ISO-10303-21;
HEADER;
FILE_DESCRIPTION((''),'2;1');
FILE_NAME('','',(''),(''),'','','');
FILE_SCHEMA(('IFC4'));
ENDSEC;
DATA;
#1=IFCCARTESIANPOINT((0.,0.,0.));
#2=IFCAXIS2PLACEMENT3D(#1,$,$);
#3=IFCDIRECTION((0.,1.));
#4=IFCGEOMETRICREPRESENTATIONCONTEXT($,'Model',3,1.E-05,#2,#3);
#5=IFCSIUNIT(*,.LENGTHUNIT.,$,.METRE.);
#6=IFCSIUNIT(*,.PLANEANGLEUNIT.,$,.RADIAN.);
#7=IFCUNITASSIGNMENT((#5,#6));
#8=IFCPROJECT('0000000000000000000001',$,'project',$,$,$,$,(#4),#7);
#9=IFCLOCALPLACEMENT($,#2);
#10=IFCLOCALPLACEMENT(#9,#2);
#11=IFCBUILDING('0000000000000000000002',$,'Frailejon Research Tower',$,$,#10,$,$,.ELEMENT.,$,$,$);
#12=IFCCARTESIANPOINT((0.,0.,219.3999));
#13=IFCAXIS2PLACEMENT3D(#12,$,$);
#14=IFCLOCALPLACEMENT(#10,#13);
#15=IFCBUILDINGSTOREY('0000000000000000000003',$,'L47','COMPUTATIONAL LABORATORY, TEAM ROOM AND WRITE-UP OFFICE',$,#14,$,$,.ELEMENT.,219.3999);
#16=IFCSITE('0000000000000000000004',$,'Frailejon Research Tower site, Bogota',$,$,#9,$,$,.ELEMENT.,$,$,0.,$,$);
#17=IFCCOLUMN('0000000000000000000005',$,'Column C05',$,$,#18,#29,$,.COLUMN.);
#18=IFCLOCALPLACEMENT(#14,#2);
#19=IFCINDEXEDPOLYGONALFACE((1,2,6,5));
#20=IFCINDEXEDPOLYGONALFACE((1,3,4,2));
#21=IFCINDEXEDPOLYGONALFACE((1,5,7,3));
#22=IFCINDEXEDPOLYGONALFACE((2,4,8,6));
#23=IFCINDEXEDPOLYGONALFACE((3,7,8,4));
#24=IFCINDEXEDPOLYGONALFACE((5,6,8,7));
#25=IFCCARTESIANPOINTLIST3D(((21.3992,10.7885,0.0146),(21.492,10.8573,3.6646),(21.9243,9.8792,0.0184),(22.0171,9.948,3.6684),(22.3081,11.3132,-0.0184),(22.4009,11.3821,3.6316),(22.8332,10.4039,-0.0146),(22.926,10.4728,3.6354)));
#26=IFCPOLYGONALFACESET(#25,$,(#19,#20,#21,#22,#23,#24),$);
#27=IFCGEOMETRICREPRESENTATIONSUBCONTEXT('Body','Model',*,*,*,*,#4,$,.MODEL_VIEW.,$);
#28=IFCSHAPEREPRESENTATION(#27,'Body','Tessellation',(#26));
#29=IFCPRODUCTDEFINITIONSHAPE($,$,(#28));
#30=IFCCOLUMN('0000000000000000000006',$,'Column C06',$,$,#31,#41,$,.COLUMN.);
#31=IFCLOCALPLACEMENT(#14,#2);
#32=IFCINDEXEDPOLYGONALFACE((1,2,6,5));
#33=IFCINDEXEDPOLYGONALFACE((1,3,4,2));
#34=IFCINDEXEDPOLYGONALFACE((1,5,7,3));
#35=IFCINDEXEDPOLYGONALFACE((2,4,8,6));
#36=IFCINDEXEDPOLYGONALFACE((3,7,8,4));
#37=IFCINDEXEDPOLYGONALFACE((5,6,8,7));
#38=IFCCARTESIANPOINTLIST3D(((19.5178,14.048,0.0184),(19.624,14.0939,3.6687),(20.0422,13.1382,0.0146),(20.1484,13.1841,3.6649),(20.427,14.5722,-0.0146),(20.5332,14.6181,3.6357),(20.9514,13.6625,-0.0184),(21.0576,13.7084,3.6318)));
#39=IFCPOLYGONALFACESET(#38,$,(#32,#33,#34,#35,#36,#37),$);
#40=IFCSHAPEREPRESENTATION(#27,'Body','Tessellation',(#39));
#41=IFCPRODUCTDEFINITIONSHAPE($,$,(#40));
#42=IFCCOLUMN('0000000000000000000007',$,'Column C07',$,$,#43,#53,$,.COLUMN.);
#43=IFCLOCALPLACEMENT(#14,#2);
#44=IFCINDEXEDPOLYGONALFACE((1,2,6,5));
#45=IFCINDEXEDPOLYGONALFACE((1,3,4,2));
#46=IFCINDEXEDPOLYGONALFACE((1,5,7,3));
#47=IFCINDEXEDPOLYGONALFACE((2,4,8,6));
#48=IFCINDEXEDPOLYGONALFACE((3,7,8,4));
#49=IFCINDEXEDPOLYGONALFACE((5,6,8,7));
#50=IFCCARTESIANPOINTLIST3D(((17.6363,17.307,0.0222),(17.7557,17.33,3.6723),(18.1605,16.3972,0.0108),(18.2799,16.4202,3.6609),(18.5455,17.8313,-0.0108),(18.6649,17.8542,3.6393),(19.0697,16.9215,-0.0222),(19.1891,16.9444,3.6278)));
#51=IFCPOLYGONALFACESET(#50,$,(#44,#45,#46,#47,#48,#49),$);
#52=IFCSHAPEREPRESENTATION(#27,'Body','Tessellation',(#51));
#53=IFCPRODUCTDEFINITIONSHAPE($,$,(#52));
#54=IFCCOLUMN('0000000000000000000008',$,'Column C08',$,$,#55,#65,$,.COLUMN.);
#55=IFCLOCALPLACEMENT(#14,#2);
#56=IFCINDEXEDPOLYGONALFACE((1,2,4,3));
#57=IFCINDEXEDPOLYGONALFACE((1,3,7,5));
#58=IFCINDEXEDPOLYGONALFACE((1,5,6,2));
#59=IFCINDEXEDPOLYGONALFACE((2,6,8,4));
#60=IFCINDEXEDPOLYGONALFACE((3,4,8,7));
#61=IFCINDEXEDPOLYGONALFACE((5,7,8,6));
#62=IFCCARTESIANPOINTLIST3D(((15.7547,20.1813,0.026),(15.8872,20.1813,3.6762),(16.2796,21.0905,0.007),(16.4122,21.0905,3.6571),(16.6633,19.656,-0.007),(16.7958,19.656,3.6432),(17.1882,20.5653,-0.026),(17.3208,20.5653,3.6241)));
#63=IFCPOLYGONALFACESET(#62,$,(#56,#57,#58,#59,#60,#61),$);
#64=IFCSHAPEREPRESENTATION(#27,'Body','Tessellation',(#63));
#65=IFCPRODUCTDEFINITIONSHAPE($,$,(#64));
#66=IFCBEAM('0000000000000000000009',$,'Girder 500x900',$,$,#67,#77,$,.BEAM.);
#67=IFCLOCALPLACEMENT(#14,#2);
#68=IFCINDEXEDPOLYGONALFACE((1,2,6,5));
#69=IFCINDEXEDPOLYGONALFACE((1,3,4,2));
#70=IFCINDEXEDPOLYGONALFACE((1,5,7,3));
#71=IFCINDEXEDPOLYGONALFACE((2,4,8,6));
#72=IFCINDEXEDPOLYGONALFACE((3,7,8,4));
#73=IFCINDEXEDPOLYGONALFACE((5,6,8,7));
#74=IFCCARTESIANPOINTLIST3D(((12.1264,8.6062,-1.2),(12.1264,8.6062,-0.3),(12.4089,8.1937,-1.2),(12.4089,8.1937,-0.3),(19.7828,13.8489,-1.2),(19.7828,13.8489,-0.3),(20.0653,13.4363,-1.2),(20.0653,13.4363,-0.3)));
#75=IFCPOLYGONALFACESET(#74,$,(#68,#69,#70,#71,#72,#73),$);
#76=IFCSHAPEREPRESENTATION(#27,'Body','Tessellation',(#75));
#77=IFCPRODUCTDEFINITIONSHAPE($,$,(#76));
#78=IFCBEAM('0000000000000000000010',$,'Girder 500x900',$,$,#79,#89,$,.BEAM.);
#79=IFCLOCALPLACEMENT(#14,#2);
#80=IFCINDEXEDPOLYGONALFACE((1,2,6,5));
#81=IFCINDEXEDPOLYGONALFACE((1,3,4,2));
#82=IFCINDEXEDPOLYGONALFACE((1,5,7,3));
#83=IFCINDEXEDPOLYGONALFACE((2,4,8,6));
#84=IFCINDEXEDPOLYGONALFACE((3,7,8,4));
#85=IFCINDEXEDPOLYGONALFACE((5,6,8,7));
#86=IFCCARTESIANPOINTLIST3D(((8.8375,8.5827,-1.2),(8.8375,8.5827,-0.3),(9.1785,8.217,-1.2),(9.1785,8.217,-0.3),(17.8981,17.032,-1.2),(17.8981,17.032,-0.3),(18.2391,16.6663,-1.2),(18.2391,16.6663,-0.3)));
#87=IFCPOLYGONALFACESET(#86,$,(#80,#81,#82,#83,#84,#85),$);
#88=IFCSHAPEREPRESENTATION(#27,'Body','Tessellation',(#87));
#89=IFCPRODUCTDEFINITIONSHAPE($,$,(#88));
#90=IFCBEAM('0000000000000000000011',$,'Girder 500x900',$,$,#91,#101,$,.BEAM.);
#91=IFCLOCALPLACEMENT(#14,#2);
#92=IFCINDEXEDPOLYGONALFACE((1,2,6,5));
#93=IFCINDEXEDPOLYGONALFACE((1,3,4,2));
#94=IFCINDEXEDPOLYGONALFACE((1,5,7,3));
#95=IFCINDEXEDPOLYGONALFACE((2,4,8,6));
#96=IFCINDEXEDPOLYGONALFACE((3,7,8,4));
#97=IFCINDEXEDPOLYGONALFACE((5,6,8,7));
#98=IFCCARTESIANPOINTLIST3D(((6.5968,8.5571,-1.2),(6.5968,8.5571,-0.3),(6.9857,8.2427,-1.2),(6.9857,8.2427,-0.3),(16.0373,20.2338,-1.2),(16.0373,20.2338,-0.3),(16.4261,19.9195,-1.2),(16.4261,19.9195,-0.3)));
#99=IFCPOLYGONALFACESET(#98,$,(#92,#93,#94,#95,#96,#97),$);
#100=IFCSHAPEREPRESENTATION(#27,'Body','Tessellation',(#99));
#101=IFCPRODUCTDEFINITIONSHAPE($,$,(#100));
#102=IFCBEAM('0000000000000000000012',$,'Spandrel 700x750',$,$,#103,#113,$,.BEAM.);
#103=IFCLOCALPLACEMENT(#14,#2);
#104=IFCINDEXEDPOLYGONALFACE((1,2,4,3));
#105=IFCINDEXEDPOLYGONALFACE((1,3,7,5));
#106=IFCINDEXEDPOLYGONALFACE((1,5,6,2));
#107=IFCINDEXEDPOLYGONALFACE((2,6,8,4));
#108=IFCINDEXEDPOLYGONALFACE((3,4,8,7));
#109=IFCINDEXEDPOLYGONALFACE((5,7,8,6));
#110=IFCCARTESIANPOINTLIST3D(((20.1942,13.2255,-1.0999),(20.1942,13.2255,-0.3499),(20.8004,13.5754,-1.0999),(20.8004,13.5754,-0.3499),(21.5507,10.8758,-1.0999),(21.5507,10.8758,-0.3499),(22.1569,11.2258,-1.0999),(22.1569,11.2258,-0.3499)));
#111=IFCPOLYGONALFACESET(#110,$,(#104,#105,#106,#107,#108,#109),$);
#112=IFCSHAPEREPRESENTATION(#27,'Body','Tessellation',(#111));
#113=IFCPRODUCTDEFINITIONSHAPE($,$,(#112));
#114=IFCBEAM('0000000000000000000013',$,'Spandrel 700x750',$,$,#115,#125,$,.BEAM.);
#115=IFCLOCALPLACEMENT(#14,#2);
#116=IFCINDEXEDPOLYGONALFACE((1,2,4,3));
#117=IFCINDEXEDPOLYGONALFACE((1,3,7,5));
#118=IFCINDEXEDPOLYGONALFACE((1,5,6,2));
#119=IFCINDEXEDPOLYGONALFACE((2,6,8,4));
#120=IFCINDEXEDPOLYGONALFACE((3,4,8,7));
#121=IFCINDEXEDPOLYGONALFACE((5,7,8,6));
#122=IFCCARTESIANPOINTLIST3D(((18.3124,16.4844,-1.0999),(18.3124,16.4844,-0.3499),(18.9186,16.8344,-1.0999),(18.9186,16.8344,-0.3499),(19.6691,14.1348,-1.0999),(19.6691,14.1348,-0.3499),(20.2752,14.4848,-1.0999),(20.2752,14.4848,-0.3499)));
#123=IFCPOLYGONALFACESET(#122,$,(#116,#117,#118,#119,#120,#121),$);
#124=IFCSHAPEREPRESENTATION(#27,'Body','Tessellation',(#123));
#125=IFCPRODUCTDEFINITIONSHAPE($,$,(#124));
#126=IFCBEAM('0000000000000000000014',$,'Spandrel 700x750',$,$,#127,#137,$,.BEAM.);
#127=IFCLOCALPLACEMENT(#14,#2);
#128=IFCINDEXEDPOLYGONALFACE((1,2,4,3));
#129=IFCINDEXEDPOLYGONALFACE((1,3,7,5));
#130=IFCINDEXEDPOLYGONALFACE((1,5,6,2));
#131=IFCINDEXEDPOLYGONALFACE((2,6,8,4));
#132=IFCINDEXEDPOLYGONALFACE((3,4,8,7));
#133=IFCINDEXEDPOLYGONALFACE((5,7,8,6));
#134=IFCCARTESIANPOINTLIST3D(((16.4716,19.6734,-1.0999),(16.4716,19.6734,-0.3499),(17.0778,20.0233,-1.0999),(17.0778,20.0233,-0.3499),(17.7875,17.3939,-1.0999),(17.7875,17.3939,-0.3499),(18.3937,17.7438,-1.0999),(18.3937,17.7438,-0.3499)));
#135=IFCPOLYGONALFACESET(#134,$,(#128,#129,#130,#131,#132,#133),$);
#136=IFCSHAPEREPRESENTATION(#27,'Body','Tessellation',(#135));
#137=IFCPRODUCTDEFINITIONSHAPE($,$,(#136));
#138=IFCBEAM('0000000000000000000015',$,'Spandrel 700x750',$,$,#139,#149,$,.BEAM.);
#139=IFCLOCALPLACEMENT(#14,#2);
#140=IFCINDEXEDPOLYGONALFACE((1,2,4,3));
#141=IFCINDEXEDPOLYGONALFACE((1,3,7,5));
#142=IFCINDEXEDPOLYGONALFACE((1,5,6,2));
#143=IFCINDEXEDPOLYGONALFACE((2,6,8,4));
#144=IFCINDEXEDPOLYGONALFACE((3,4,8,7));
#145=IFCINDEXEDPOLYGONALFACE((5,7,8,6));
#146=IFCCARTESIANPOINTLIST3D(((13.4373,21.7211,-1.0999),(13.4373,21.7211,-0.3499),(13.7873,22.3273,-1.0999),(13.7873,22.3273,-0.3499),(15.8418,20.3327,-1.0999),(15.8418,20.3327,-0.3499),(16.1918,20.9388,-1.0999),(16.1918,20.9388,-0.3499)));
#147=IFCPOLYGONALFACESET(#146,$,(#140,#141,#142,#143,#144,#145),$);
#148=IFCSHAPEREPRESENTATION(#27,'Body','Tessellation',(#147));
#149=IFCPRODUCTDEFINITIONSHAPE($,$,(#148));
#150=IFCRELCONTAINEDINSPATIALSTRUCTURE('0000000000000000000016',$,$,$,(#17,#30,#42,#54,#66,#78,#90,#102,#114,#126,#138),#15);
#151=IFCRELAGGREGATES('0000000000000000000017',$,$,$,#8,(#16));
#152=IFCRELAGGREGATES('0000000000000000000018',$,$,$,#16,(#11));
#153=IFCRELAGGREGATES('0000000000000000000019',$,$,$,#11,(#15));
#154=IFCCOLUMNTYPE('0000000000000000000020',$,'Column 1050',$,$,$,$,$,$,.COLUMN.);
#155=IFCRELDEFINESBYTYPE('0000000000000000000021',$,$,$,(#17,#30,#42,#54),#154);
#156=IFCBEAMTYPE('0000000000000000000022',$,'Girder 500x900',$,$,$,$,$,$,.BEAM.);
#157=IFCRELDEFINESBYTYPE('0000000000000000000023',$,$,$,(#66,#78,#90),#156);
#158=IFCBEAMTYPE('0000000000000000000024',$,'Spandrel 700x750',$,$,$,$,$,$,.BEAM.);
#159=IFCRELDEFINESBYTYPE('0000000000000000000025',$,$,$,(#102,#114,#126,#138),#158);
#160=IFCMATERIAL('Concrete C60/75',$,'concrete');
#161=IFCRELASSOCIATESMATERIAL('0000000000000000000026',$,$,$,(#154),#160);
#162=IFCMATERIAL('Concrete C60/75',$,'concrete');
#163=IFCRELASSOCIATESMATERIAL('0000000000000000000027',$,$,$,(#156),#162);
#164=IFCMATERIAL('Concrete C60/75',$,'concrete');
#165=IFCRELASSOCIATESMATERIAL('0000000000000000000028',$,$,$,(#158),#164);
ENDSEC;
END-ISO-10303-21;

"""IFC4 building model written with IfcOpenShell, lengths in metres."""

from ifc_helpers import new_model, si_unit, direction, frame, origin, origin_2d, place, context, subcontext, project, spatial, rectangle, extrude, material, material_profile, profile_set, type_object, element, save


model = new_model("IFC4")

# Units and contexts
model_context = context("Model", 3, precision=1e-05, world=origin(), true_north=direction((0.0, 1.0)))
body_context = subcontext(model_context, "Body", "Model", "MODEL_VIEW")
ifc_project = project(units=[si_unit("LENGTHUNIT", "METRE"), si_unit("PLANEANGLEUNIT", "RADIAN")], contexts=[model_context])

# Site, building, storey
site_placement = place(None, origin())
site = spatial("IfcSite", under=ifc_project, at=site_placement, Name="Frailejon Research Tower site, Bogota", CompositionType="ELEMENT", RefElevation=0.0)
building_placement = place(site_placement, origin())
building = spatial("IfcBuilding", under=site, at=building_placement, Name="Frailejon Research Tower", CompositionType="ELEMENT")
storey_placement = place(building_placement, frame((0.0, 0.0, 219.3999)))
storey = spatial("IfcBuildingStorey", under=building, at=storey_placement, Name="L47", Description="COMPUTATIONAL LABORATORY, TEAM ROOM AND WRITE-UP OFFICE", CompositionType="ELEMENT", Elevation=219.3999)

# Columns
ifc_material_1 = material(Name="Concrete C60/75", Category="concrete")
ifc_material_profile_1 = material_profile(ifc_material_1, rectangle(XDim=1.05, YDim=1.05, at=origin_2d()), Name="Column 1050")
ifc_profile_set_1 = profile_set([ifc_material_profile_1], Name="Concrete C60/75")
column_type = type_object("IfcColumnType", Name="Column 1050", PredefinedType="COLUMN", material=ifc_profile_set_1)
column_1_placement = place(storey_placement, frame((22.1162, 10.5962, 0.0), z_axis=(0.025404, 0.018852, 0.9995), x_axis=(-0.500084, 0.865969, -0.003623)))
element("IfcColumn", 1, at=column_1_placement, inside=storey, type_object=column_type, Name="Column C05", PredefinedType="COLUMN", context=body_context, shape_type="SweptSolid", body=[
    extrude(rectangle(XDim=1.05, YDim=1.05, at=origin_2d()), origin(), (0.0, 0.0, 1.0), 3.6519),
])
for number, where, z_axis, x_axis, name in (
    (2, (20.2346, 13.8552, 0.0), (0.02908, 0.012568, 0.999498), (-0.499394, 0.866367, 0.003636), "Column C06"),
    (3, (18.353, 17.1143, 0.0), (0.032689, 0.006284, 0.999446), (-0.49919, 0.866424, 0.01088), "Column C07"),
):
    element("IfcColumn", number, at=place(storey_placement, frame(where, z_axis=z_axis, x_axis=x_axis)), inside=storey, type_object=column_type, Name=name, PredefinedType="COLUMN", context=body_context, shape_type="SweptSolid", body=[
        extrude(rectangle(XDim=1.05, YDim=1.05, at=origin_2d()), origin(), (0.0, 0.0, 1.0), 3.6521),
    ])
column_2_placement = place(storey_placement, frame((16.4714, 20.3733, 0.0), z_axis=(0.036295, 0.0, 0.999341), x_axis=(-0.865313, 0.500246, 0.031427)))
element("IfcColumn", 4, at=column_2_placement, inside=storey, type_object=column_type, Name="Column C08", PredefinedType="COLUMN", context=body_context, shape_type="SweptSolid", body=[
    extrude(rectangle(XDim=1.05, YDim=1.05, at=origin_2d()), origin(), (0.0, 0.0, 1.0), 3.6526),
])

# Beams
ifc_material_2 = material(Name="Concrete C60/75", Category="concrete")
ifc_material_profile_2 = material_profile(ifc_material_2, rectangle(XDim=0.5, YDim=0.8999, at=origin_2d()), Name="Girder 500x900")
ifc_profile_set_2 = profile_set([ifc_material_profile_2], Name="Concrete C60/75")
beam_type_1 = type_object("IfcBeamType", Name="Girder 500x900", PredefinedType="BEAM", material=ifc_profile_set_2)
beam_1_placement = place(storey_placement, frame((19.9241, 13.6426, -0.75), z_axis=(-0.825105, -0.564979, 0.0), x_axis=(0.564979, -0.825105, 0.0)))
element("IfcBeam", 5, at=beam_1_placement, inside=storey, type_object=beam_type_1, Name="Girder 500x900", PredefinedType="BEAM", context=body_context, shape_type="SweptSolid", body=[
    extrude(rectangle(XDim=0.5, YDim=0.8999, at=origin_2d()), origin(), (0.0, 0.0, 1.0), 9.2793),
])
beam_2_placement = place(storey_placement, frame((18.0686, 16.8491, -0.75), z_axis=(-0.731349, -0.682004, 0.0), x_axis=(0.682004, -0.731349, 0.0)))
element("IfcBeam", 6, at=beam_2_placement, inside=storey, type_object=beam_type_1, Name="Girder 500x900", PredefinedType="BEAM", context=body_context, shape_type="SweptSolid", body=[
    extrude(rectangle(XDim=0.5, YDim=0.8999, at=origin_2d()), origin(), (0.0, 0.0, 1.0), 12.3889),
])
beam_3_placement = place(storey_placement, frame((16.2317, 20.0767, -0.75), z_axis=(-0.628708, -0.777642, 0.0), x_axis=(0.777642, -0.628708, 0.0)))
element("IfcBeam", 7, at=beam_3_placement, inside=storey, type_object=beam_type_1, Name="Girder 500x900", PredefinedType="BEAM", context=body_context, shape_type="SweptSolid", body=[
    extrude(rectangle(XDim=0.5, YDim=0.8999, at=origin_2d()), origin(), (0.0, 0.0, 1.0), 15.0156),
])
ifc_material_3 = material(Name="Concrete C60/75", Category="concrete")
ifc_material_profile_3 = material_profile(ifc_material_3, rectangle(XDim=0.7, YDim=0.75, at=origin_2d()), Name="Spandrel 700x750")
ifc_profile_set_3 = profile_set([ifc_material_profile_3], Name="Concrete C60/75")
beam_type_2 = type_object("IfcBeamType", Name="Spandrel 700x750", PredefinedType="BEAM", material=ifc_profile_set_3)
for number, where, z_axis, x_axis, name in (
    (8, (21.8538, 11.0508, -0.7249), (-0.499972, 0.866042, 0.0), (-0.866042, -0.499972, 0.0), "Spandrel 700x750"),
    (9, (19.9722, 14.3098, -0.7249), (-0.500039, 0.866003, 0.0), (-0.866003, -0.500039, 0.0), "Spandrel 700x750"),
):
    element("IfcBeam", number, at=place(storey_placement, frame(where, z_axis=z_axis, x_axis=x_axis)), inside=storey, type_object=beam_type_2, Name=name, PredefinedType="BEAM", context=body_context, shape_type="SweptSolid", body=[
        extrude(rectangle(XDim=0.7, YDim=0.75, at=origin_2d()), origin(), (0.0, 0.0, 1.0), 2.7131),
    ])
beam_4_placement = place(storey_placement, frame((18.0906, 17.5688, -0.7249), z_axis=(-0.49995, 0.866054, 0.0), x_axis=(-0.866054, -0.49995, 0.0)))
element("IfcBeam", 10, at=beam_4_placement, inside=storey, type_object=beam_type_2, Name="Spandrel 700x750", PredefinedType="BEAM", context=body_context, shape_type="SweptSolid", body=[
    extrude(rectangle(XDim=0.7, YDim=0.75, at=origin_2d()), origin(), (0.0, 0.0, 1.0), 2.6321),
])
beam_5_placement = place(storey_placement, frame((16.0168, 20.6357, -0.7249), z_axis=(-0.866, 0.500045, 0.0), x_axis=(-0.500045, -0.866, 0.0)))
element("IfcBeam", 11, at=beam_5_placement, inside=storey, type_object=beam_type_2, Name="Spandrel 700x750", PredefinedType="BEAM", context=body_context, shape_type="SweptSolid", body=[
    extrude(rectangle(XDim=0.7, YDim=0.75, at=origin_2d()), origin(), (0.0, 0.0, 1.0), 2.7766),
])

save(model, "model.ifc")
